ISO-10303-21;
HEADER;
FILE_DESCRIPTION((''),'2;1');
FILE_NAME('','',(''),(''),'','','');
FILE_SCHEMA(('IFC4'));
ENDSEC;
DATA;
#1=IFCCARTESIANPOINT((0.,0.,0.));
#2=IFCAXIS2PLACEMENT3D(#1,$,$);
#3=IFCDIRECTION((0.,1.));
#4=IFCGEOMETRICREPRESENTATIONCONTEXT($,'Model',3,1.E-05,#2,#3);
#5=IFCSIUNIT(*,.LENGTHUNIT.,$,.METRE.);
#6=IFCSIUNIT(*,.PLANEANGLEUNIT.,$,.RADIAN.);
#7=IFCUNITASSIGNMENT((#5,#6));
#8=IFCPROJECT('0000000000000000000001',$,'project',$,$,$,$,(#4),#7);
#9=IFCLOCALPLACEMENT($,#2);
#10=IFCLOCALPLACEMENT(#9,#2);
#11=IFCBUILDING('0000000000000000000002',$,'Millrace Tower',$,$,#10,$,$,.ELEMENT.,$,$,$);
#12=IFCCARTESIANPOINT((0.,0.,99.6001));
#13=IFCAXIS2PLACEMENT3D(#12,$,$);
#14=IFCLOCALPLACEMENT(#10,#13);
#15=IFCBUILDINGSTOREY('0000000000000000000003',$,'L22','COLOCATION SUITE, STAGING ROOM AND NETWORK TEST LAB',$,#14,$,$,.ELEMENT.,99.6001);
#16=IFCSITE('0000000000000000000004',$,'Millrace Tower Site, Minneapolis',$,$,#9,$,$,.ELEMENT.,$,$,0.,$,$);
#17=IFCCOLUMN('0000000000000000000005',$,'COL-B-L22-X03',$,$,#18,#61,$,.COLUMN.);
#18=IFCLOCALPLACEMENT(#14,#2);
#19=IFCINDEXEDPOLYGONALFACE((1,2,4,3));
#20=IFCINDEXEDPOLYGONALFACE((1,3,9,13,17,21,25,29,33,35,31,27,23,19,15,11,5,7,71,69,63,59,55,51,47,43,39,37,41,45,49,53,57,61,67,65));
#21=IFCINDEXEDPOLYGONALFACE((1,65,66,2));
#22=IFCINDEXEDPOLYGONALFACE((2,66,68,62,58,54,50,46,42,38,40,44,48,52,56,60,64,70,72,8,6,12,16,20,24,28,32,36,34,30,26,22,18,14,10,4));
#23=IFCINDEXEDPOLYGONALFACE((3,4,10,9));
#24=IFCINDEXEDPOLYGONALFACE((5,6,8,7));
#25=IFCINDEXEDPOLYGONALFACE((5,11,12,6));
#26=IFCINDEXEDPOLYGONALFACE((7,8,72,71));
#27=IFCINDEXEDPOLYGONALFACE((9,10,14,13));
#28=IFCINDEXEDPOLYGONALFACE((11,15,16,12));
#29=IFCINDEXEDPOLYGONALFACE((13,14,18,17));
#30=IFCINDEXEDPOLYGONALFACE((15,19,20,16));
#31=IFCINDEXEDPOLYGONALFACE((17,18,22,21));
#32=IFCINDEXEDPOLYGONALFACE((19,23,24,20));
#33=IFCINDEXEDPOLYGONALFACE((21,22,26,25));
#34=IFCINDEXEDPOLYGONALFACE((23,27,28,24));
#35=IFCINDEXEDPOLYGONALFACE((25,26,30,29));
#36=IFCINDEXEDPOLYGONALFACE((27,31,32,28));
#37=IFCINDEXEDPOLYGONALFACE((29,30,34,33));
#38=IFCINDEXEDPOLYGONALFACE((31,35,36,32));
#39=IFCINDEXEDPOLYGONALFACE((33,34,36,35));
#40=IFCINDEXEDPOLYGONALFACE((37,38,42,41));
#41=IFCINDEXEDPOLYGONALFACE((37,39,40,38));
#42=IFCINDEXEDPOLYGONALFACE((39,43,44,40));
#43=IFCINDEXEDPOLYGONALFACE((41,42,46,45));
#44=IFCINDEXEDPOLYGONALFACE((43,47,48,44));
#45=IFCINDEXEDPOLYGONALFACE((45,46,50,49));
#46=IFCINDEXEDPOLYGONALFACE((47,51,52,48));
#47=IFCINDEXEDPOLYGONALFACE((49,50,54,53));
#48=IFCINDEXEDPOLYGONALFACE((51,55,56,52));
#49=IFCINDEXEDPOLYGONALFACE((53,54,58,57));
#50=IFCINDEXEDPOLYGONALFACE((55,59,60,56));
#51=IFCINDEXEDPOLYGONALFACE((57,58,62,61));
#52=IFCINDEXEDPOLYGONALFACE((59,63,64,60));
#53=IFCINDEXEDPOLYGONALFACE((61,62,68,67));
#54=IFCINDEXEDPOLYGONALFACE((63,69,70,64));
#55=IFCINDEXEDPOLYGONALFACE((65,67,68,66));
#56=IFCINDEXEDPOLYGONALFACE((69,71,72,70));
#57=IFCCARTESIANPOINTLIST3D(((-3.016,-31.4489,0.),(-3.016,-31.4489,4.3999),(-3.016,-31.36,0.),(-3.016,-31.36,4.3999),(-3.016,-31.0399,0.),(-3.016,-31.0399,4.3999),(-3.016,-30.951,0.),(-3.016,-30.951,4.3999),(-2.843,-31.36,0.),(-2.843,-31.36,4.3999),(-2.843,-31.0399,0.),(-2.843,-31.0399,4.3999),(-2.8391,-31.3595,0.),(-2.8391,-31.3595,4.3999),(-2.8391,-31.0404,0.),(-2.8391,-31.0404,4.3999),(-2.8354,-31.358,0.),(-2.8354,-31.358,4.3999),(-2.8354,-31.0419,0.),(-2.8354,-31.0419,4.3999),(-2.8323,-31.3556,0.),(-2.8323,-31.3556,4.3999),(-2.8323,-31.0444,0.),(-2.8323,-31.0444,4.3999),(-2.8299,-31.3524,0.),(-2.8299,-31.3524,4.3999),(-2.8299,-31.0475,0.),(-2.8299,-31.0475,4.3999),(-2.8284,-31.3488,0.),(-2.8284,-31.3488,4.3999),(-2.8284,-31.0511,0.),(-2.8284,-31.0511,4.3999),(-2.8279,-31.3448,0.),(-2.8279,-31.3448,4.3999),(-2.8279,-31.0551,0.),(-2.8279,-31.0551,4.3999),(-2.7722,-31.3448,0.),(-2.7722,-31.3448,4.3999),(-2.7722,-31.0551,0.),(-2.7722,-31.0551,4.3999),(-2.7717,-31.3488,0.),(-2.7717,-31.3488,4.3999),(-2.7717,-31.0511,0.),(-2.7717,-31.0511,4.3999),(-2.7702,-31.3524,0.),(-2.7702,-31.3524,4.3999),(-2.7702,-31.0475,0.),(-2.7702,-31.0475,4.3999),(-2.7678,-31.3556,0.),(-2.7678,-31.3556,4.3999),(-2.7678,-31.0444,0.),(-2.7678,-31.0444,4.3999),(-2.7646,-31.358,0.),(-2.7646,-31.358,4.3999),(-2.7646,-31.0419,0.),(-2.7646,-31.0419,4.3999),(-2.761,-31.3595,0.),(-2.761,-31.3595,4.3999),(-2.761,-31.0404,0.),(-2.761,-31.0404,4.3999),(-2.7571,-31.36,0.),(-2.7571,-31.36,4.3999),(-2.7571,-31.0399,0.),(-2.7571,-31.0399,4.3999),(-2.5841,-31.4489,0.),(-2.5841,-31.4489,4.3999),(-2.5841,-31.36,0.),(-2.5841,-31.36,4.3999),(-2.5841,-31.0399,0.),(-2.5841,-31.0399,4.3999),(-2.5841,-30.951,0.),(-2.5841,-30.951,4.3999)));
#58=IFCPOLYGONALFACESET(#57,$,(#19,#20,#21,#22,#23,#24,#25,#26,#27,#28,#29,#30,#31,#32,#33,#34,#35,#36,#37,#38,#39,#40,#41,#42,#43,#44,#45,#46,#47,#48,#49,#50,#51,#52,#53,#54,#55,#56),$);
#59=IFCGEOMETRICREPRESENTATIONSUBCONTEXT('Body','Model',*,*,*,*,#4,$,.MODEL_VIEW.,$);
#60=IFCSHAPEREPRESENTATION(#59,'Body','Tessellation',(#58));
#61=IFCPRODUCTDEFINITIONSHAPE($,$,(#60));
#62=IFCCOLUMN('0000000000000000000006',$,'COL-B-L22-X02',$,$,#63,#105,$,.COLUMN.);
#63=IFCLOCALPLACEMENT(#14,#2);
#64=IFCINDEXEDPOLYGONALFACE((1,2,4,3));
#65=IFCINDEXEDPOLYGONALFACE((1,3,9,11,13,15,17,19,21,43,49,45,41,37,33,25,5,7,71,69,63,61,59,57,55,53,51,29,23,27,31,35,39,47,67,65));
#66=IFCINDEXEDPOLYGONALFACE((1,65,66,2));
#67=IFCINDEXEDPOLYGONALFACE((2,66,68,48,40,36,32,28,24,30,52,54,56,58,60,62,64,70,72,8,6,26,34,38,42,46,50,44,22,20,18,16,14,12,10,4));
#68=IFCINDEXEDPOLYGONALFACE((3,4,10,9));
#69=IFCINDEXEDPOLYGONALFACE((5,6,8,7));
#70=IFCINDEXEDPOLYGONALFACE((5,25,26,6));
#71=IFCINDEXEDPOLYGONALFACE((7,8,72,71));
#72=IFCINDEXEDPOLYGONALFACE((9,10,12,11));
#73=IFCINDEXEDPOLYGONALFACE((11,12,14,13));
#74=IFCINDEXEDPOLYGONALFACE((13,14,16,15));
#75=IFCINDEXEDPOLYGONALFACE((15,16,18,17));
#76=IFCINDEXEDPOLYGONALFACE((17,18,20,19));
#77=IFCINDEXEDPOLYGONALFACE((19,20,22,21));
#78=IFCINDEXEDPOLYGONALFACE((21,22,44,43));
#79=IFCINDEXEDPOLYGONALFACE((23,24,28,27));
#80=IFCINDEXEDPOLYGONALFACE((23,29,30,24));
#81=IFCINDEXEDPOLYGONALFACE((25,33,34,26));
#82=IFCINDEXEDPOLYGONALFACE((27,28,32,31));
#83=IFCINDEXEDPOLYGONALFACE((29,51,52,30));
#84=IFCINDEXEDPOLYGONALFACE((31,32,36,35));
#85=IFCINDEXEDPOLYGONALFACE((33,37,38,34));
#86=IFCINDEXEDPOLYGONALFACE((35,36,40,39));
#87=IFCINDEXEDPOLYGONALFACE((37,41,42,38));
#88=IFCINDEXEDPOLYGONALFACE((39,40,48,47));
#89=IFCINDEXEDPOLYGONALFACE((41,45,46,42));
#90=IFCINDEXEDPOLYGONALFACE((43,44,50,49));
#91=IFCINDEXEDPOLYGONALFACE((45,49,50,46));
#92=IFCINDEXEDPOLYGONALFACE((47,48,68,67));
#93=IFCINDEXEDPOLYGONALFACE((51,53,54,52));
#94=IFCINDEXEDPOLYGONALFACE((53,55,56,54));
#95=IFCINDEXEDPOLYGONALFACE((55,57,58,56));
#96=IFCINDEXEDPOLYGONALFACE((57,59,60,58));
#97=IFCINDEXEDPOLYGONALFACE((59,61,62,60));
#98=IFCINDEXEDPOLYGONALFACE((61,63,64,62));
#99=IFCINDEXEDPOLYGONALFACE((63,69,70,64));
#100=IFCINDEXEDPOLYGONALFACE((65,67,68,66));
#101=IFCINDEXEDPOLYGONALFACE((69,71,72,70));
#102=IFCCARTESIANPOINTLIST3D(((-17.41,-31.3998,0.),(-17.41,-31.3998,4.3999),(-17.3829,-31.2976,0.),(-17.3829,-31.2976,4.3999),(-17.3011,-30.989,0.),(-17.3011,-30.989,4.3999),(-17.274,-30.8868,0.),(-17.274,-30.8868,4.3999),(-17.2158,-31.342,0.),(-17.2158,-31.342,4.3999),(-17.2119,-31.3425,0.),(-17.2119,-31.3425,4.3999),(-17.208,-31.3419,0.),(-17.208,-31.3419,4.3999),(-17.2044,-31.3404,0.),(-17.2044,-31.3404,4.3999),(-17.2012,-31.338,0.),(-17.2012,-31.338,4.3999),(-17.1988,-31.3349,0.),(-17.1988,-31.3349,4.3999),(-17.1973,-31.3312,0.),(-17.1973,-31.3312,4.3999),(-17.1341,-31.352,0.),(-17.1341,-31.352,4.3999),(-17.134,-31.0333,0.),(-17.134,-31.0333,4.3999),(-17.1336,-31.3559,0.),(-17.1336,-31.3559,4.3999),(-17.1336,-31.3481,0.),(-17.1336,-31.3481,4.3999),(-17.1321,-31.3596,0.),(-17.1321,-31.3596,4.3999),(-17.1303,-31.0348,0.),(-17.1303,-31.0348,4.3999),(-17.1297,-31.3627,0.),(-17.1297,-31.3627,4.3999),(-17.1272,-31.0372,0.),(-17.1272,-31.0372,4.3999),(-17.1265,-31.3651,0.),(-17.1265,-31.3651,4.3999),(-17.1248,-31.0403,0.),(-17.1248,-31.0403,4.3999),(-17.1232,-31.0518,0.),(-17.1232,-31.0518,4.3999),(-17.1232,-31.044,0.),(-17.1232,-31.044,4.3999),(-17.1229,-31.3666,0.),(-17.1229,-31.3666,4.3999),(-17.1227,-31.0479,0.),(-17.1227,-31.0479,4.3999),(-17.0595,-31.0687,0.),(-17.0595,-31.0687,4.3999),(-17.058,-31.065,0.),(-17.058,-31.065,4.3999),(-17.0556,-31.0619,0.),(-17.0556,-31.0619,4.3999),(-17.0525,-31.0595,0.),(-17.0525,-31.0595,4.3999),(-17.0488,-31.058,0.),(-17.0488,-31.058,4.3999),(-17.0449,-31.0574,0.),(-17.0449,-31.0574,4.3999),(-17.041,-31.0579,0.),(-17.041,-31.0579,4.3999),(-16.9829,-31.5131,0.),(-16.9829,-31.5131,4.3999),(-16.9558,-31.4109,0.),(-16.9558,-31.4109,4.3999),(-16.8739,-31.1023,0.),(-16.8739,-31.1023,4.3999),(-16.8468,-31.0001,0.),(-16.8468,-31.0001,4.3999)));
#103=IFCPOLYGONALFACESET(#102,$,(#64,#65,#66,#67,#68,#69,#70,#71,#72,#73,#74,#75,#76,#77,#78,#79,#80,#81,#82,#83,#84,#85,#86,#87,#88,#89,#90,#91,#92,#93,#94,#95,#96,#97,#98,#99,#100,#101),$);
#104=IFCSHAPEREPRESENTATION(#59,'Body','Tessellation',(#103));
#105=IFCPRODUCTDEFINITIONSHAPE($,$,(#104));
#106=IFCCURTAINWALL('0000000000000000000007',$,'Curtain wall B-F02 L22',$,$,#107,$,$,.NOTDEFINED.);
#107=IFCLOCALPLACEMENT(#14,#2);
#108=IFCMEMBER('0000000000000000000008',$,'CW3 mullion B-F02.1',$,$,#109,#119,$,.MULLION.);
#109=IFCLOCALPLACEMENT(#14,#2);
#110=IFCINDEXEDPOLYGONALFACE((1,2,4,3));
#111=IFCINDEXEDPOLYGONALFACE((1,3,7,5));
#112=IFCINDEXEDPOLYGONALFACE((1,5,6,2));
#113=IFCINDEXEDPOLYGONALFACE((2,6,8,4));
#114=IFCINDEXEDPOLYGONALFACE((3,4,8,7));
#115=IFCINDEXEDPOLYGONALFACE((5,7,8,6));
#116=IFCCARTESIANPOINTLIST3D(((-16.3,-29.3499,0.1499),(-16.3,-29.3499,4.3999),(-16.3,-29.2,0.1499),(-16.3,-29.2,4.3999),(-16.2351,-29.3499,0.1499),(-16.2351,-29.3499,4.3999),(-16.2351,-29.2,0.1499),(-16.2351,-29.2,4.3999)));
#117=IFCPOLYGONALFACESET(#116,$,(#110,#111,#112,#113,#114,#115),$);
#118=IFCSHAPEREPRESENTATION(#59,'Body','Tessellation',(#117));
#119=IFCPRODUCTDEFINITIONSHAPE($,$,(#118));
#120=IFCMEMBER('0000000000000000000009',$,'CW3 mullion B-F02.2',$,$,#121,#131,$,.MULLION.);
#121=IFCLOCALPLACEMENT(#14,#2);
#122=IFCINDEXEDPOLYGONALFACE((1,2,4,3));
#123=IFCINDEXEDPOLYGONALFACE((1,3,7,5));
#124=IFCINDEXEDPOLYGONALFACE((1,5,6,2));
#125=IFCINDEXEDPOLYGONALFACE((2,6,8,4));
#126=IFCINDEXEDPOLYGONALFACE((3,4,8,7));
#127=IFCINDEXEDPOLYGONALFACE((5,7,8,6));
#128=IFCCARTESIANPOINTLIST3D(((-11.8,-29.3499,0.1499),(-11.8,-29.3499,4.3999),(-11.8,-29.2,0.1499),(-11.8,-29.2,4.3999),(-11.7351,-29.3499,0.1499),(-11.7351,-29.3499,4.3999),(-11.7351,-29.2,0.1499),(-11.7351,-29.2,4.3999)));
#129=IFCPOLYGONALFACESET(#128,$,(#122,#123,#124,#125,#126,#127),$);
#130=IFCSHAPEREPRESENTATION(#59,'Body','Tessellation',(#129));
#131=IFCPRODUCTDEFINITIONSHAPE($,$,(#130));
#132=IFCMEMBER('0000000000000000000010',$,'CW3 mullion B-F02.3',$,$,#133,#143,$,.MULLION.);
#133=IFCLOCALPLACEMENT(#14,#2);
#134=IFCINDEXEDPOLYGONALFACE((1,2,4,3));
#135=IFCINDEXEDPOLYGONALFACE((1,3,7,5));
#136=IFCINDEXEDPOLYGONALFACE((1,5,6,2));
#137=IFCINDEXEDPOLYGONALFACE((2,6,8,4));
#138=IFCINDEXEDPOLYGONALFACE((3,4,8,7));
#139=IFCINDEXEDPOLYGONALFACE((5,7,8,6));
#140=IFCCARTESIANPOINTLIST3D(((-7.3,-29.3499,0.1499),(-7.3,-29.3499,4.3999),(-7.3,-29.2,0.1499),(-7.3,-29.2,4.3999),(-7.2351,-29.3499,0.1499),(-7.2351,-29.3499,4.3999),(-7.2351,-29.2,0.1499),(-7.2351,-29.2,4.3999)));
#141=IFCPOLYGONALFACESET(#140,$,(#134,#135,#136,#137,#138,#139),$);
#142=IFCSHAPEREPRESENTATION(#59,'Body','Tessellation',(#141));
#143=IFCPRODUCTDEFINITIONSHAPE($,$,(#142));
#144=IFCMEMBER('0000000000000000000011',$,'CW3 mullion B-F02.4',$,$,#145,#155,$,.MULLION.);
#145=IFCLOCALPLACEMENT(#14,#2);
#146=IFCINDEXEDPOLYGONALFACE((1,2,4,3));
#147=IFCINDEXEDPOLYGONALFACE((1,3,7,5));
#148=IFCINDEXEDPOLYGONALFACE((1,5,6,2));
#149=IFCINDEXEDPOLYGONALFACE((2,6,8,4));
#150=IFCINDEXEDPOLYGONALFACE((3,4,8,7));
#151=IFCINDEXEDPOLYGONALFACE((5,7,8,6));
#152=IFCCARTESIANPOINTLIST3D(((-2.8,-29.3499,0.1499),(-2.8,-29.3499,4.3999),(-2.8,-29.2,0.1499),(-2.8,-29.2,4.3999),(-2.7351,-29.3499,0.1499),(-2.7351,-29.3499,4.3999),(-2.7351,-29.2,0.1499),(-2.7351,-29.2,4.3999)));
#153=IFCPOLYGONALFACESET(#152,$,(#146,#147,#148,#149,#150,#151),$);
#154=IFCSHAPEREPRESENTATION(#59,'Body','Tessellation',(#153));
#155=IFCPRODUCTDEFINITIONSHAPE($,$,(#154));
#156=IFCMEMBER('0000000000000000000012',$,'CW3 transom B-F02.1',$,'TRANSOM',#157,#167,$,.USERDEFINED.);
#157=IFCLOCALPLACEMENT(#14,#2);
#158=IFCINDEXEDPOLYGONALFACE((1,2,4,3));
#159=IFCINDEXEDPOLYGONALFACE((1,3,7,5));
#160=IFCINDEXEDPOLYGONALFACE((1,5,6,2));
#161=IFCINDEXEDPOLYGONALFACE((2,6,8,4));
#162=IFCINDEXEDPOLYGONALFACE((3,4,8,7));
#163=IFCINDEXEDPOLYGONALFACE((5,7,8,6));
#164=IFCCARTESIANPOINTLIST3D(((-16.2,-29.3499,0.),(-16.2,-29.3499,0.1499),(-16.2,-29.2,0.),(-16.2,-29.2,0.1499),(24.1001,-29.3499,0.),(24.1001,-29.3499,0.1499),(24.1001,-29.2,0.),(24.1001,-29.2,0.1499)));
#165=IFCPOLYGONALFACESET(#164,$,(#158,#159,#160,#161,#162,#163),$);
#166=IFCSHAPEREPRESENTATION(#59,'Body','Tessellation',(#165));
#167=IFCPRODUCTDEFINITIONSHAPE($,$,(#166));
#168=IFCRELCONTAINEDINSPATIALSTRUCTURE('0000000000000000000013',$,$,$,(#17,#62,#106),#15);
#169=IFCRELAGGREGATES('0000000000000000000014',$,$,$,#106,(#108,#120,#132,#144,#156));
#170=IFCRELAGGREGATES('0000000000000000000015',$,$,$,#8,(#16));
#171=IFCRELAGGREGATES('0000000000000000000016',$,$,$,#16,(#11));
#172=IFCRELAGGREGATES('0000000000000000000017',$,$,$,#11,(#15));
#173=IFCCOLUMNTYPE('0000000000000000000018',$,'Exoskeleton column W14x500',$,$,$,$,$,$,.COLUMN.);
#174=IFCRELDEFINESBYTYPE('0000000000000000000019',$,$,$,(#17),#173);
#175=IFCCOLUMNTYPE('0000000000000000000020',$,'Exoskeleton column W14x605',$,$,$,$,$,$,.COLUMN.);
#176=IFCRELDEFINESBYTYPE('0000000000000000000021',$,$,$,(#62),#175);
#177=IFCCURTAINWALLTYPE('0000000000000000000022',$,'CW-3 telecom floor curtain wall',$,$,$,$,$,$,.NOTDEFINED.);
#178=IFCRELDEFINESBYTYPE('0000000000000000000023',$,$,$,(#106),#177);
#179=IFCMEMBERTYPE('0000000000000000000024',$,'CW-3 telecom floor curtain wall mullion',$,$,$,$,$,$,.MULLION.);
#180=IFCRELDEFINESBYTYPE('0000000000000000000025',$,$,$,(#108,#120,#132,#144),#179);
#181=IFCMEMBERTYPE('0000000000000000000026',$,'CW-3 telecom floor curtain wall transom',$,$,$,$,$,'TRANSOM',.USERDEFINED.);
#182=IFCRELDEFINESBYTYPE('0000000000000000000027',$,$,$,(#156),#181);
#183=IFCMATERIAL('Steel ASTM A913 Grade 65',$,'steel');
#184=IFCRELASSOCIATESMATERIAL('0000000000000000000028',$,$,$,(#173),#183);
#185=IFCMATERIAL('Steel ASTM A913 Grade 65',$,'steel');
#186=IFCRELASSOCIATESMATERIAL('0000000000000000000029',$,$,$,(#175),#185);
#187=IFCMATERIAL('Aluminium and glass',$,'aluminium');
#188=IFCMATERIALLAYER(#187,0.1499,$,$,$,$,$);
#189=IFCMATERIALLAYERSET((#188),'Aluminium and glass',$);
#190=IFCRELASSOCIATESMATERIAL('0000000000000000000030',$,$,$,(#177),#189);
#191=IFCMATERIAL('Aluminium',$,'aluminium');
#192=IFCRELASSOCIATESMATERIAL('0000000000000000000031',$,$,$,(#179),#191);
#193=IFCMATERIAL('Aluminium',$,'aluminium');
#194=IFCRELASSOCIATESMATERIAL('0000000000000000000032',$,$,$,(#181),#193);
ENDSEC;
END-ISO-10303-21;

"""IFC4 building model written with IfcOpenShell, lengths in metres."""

from ifc_helpers import new_model, si_unit, direction, frame, origin, origin_2d, place, context, subcontext, project, spatial, rectangle, i_section, extrude, material, layer, layer_set, material_profile, profile_set, type_object, element, aggregate, save


model = new_model("IFC4")

# Units and contexts
model_context = context("Model", 3, precision=1e-05, world=origin(), true_north=direction((0.0, 1.0)))
body_context = subcontext(model_context, "Body", "Model", "MODEL_VIEW")
ifc_project = project(units=[si_unit("LENGTHUNIT", "METRE"), si_unit("PLANEANGLEUNIT", "RADIAN")], contexts=[model_context])

# Site, building, storey
site_placement = place(None, origin())
site = spatial("IfcSite", under=ifc_project, at=site_placement, Name="Millrace Tower Site, Minneapolis", CompositionType="ELEMENT", RefElevation=0.0)
building_placement = place(site_placement, origin())
building = spatial("IfcBuilding", under=site, at=building_placement, Name="Millrace Tower", CompositionType="ELEMENT")
storey_placement = place(building_placement, frame((0.0, 0.0, 99.6001)))
storey = spatial("IfcBuildingStorey", under=building, at=storey_placement, Name="L22", Description="COLOCATION SUITE, STAGING ROOM AND NETWORK TEST LAB", CompositionType="ELEMENT", Elevation=99.6001)

# Columns
ifc_material_1 = material(Name="Steel ASTM A913 Grade 65", Category="steel")
ifc_material_profile_1 = material_profile(ifc_material_1, i_section(OverallWidth=0.4319, OverallDepth=0.4978, WebThickness=0.0557, FlangeThickness=0.0889, FilletRadius=0.0151, at=origin_2d()))
ifc_profile_set_1 = profile_set([ifc_material_profile_1], Name="Steel ASTM A913 Grade 65")
column_type_1 = type_object("IfcColumnType", Name="Exoskeleton column W14x500", PredefinedType="COLUMN", material=ifc_profile_set_1)
column_1_placement = place(storey_placement, frame((-2.8, -31.2, 0.0), z_axis=(0.0, 0.0, 1.0), x_axis=(1.0, 0.0, 0.0)))
element("IfcColumn", 1, at=column_1_placement, inside=storey, type_object=column_type_1, Name="COL-B-L22-X03", PredefinedType="COLUMN", context=body_context, shape_type="SweptSolid", body=[
    extrude(i_section(OverallWidth=0.4319, OverallDepth=0.4978, WebThickness=0.0557, FlangeThickness=0.0889, FilletRadius=0.0151, at=origin_2d()), origin(), (0.0, 0.0, 1.0), 4.3999),
])
ifc_material_2 = material(Name="Steel ASTM A913 Grade 65", Category="steel")
ifc_material_profile_2 = material_profile(ifc_material_2, i_section(OverallWidth=0.4419, OverallDepth=0.5308, WebThickness=0.0659, FlangeThickness=0.1057, FilletRadius=0.0151, at=origin_2d()))
ifc_profile_set_2 = profile_set([ifc_material_profile_2], Name="Steel ASTM A913 Grade 65")
column_type_2 = type_object("IfcColumnType", Name="Exoskeleton column W14x605", PredefinedType="COLUMN", material=ifc_profile_set_2)
column_2_placement = place(storey_placement, frame((-17.1284, -31.2, 0.0), z_axis=(0.0, 0.0, 1.0), x_axis=(0.966585, -0.256347, 0.0)))
element("IfcColumn", 2, at=column_2_placement, inside=storey, type_object=column_type_2, Name="COL-B-L22-X02", PredefinedType="COLUMN", context=body_context, shape_type="SweptSolid", body=[
    extrude(i_section(OverallWidth=0.4419, OverallDepth=0.5308, WebThickness=0.0659, FlangeThickness=0.1057, FilletRadius=0.0151, at=origin_2d()), origin(), (0.0, 0.0, 1.0), 4.3999),
])

# Curtain wall, members
ifc_material_3 = material(Name="Aluminium and glass", Category="aluminium")
ifc_layer_1 = layer(ifc_material_3, 0.1499)
ifc_layer_set_1 = layer_set([ifc_layer_1], Name="Aluminium and glass")
curtain_wall_type = type_object("IfcCurtainWallType", Name="CW-3 telecom floor curtain wall", PredefinedType="NOTDEFINED", material=ifc_layer_set_1)
curtain_wall_placement = place(storey_placement, origin())
curtain_wall = element("IfcCurtainWall", 3, at=curtain_wall_placement, inside=storey, type_object=curtain_wall_type, Name="Curtain wall B-F02 L22", PredefinedType="NOTDEFINED")
ifc_material_4 = material(Name="Aluminium", Category="aluminium")
ifc_material_profile_3 = material_profile(ifc_material_4, rectangle(XDim=0.0649, YDim=0.1499, at=origin_2d()))
ifc_profile_set_3 = profile_set([ifc_material_profile_3], Name="Aluminium")
member_type_1 = type_object("IfcMemberType", Name="CW-3 telecom floor curtain wall mullion", PredefinedType="MULLION", material=ifc_profile_set_3)
member_1_placement = place(storey_placement, frame((-16.2676, -29.2749, 0.1499), z_axis=(0.0, 0.0, 1.0), x_axis=(1.0, 0.0, 0.0)))
member_1 = element("IfcMember", 4, at=member_1_placement, type_object=member_type_1, Name="CW3 mullion B-F02.1", PredefinedType="MULLION", context=body_context, shape_type="SweptSolid", body=[
    extrude(rectangle(XDim=0.0649, YDim=0.1499, at=origin_2d()), origin(), (0.0, 0.0, 1.0), 4.25),
])
member_2_placement = place(storey_placement, frame((-11.7676, -29.2749, 0.1499), z_axis=(0.0, 0.0, 1.0), x_axis=(1.0, 0.0, 0.0)))
member_2 = element("IfcMember", 5, at=member_2_placement, type_object=member_type_1, Name="CW3 mullion B-F02.2", PredefinedType="MULLION", context=body_context, shape_type="SweptSolid", body=[
    extrude(rectangle(XDim=0.0649, YDim=0.1499, at=origin_2d()), origin(), (0.0, 0.0, 1.0), 4.25),
])
member_3_placement = place(storey_placement, frame((-7.2676, -29.2749, 0.1499), z_axis=(0.0, 0.0, 1.0), x_axis=(1.0, 0.0, 0.0)))
member_3 = element("IfcMember", 6, at=member_3_placement, type_object=member_type_1, Name="CW3 mullion B-F02.3", PredefinedType="MULLION", context=body_context, shape_type="SweptSolid", body=[
    extrude(rectangle(XDim=0.0649, YDim=0.1499, at=origin_2d()), origin(), (0.0, 0.0, 1.0), 4.25),
])
member_4_placement = place(storey_placement, frame((-2.7676, -29.2749, 0.1499), z_axis=(0.0, 0.0, 1.0), x_axis=(1.0, 0.0, 0.0)))
member_4 = element("IfcMember", 7, at=member_4_placement, type_object=member_type_1, Name="CW3 mullion B-F02.4", PredefinedType="MULLION", context=body_context, shape_type="SweptSolid", body=[
    extrude(rectangle(XDim=0.0649, YDim=0.1499, at=origin_2d()), origin(), (0.0, 0.0, 1.0), 4.25),
])
ifc_material_5 = material(Name="Aluminium", Category="aluminium")
ifc_material_profile_4 = material_profile(ifc_material_5, rectangle(XDim=0.1499, YDim=0.1499, at=origin_2d()))
ifc_profile_set_4 = profile_set([ifc_material_profile_4], Name="Aluminium")
member_type_2 = type_object("IfcMemberType", Name="CW-3 telecom floor curtain wall transom", ElementType="TRANSOM", PredefinedType="USERDEFINED", material=ifc_profile_set_4)
member_5_placement = place(storey_placement, frame((-16.2, -29.2749, 0.075), z_axis=(1.0, 0.0, 0.0), x_axis=(0.0, 1.0, 0.0)))
member_5 = element("IfcMember", 8, at=member_5_placement, type_object=member_type_2, Name="CW3 transom B-F02.1", ObjectType="TRANSOM", PredefinedType="USERDEFINED", context=body_context, shape_type="SweptSolid", body=[
    extrude(rectangle(XDim=0.1499, YDim=0.1499, at=origin_2d()), origin(), (0.0, 0.0, 1.0), 40.3),
])
aggregate(curtain_wall, [member_1, member_2, member_3, member_4, member_5])

save(model, "model.ifc")
